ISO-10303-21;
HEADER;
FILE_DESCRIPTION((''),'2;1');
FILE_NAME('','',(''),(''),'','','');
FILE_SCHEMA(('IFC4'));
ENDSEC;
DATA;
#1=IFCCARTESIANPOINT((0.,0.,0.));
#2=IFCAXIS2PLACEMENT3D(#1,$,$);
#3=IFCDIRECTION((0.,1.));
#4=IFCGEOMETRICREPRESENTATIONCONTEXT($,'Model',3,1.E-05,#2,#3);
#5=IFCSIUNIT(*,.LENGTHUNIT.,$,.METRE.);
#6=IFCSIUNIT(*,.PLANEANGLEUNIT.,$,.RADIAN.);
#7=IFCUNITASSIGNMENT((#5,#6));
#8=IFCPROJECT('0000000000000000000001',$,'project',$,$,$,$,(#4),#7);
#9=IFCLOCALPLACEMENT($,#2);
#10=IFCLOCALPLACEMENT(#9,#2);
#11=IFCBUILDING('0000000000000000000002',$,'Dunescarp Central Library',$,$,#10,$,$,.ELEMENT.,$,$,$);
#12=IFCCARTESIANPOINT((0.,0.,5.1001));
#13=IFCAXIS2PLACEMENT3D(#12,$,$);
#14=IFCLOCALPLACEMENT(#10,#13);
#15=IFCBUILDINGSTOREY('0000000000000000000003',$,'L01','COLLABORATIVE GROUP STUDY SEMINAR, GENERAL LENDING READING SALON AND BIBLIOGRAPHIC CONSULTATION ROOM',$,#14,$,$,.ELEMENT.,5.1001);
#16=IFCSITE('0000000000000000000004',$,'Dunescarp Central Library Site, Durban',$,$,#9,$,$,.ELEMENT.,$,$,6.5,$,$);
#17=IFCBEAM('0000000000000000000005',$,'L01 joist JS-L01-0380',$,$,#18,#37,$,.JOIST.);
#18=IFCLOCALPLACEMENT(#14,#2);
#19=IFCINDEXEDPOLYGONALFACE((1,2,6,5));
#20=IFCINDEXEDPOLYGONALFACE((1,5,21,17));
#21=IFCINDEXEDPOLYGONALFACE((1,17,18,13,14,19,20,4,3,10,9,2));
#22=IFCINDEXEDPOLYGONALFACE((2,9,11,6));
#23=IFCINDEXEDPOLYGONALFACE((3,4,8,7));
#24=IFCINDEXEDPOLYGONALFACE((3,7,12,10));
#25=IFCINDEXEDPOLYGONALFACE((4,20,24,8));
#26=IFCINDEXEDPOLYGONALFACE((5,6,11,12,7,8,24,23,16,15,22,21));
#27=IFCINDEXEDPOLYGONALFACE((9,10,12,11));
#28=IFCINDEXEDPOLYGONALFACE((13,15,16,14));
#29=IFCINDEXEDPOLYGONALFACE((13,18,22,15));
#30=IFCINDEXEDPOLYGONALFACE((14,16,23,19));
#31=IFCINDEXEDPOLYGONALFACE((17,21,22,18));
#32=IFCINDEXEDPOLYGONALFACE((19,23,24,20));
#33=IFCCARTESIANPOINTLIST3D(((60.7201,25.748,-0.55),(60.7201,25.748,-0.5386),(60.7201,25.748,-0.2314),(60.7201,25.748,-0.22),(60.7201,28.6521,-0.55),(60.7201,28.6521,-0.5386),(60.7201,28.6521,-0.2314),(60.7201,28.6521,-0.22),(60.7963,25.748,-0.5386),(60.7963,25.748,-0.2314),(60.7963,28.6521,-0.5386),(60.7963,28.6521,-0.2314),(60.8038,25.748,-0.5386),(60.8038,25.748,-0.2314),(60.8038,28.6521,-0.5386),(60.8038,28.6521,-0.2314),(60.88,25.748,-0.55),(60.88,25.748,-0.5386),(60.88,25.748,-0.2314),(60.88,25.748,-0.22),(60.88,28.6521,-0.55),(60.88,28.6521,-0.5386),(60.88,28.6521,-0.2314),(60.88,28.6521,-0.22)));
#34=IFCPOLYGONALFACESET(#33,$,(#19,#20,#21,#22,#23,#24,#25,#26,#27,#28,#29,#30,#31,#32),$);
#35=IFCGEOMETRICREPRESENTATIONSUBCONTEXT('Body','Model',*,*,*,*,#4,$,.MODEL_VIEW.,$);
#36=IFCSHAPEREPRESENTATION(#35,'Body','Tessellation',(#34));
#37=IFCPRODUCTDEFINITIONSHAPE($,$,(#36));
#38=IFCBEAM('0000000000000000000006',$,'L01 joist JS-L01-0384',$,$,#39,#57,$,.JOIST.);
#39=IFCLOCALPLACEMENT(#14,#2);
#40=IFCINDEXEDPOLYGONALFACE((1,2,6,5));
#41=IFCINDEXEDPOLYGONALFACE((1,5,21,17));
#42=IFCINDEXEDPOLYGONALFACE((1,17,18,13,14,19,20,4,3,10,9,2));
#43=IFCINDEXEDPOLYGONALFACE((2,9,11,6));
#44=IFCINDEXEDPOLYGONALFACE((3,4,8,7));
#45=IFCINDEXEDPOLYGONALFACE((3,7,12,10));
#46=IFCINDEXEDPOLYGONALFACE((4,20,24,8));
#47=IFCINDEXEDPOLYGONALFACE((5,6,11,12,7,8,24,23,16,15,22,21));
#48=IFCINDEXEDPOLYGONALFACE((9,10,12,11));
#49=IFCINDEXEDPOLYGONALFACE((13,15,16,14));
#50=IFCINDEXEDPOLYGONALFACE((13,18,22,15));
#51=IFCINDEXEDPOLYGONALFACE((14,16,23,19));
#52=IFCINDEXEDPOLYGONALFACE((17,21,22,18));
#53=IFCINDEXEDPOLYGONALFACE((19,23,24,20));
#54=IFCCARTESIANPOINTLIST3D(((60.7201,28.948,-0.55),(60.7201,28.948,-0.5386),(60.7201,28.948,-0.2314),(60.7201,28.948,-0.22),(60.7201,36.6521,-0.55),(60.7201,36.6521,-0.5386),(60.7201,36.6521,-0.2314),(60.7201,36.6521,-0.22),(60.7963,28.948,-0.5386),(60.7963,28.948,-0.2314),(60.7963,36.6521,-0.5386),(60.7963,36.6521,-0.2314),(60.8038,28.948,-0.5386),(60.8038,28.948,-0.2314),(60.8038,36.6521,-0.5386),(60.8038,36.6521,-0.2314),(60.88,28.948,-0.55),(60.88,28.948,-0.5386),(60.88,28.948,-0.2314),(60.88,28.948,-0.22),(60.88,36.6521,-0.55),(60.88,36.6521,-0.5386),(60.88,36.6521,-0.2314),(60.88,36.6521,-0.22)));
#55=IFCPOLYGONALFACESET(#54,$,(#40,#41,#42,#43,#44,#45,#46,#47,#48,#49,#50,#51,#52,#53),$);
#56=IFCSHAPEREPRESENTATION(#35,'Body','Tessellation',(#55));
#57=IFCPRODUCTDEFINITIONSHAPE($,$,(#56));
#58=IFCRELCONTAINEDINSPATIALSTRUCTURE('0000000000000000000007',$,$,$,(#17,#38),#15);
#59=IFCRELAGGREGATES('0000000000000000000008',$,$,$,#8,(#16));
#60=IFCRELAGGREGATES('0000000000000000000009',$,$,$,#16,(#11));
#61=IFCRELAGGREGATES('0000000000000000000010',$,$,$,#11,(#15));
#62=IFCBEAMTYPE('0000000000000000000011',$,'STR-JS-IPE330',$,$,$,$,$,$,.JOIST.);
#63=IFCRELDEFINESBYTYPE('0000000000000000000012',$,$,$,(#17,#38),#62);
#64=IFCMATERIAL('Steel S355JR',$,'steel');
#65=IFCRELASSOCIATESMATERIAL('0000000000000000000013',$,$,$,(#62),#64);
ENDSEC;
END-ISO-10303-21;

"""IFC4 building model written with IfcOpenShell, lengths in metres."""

from ifc_helpers import new_model, si_unit, direction, frame, origin, origin_2d, place, context, subcontext, project, spatial, i_section, extrude, material, material_profile, profile_set, type_object, element, save


model = new_model("IFC4")

# Units and contexts
model_context = context("Model", 3, precision=1e-05, world=origin(), true_north=direction((0.0, 1.0)))
body_context = subcontext(model_context, "Body", "Model", "MODEL_VIEW")
ifc_project = project(units=[si_unit("LENGTHUNIT", "METRE"), si_unit("PLANEANGLEUNIT", "RADIAN")], contexts=[model_context])

# Site, building, storey
site_placement = place(None, origin())
site = spatial("IfcSite", under=ifc_project, at=site_placement, Name="Dunescarp Central Library Site, Durban", CompositionType="ELEMENT", RefElevation=6.5)
building_placement = place(site_placement, origin())
building = spatial("IfcBuilding", under=site, at=building_placement, Name="Dunescarp Central Library", CompositionType="ELEMENT")
storey_placement = place(building_placement, frame((0.0, 0.0, 5.1001)))
storey = spatial("IfcBuildingStorey", under=building, at=storey_placement, Name="L01", Description="COLLABORATIVE GROUP STUDY SEMINAR, GENERAL LENDING READING SALON AND BIBLIOGRAPHIC CONSULTATION ROOM", CompositionType="ELEMENT", Elevation=5.1001)

# Shared definitions
ifc_material = material(Name="Steel S355JR", Category="steel")

# Beams
ifc_material_profile_1 = material_profile(ifc_material, i_section(OverallWidth=0.1599, OverallDepth=0.3301, WebThickness=0.0076, FlangeThickness=0.0115, at=origin_2d()), Name="IPE 330")
ifc_profile_set_1 = profile_set([ifc_material_profile_1], Name="Steel S355JR")
beam_type_1 = type_object("IfcBeamType", Name="STR-JS-IPE330", PredefinedType="JOIST", material=ifc_profile_set_1)
beam_1_placement = place(storey_placement, frame((60.8, 25.748, -0.385), z_axis=(0.0, 1.0, 0.0), x_axis=(-1.0, 0.0, 0.0)))
element("IfcBeam", 1, at=beam_1_placement, inside=storey, type_object=beam_type_1, Name="L01 joist JS-L01-0380", PredefinedType="JOIST", context=body_context, shape_type="SweptSolid", body=[
    extrude(i_section(OverallWidth=0.1599, OverallDepth=0.3301, WebThickness=0.0076, FlangeThickness=0.0115, at=origin_2d()), origin(), (0.0, 0.0, 1.0), 2.9041),
])
beam_2_placement = place(storey_placement, frame((60.8, 28.948, -0.385), z_axis=(0.0, 1.0, 0.0), x_axis=(-1.0, 0.0, 0.0)))
element("IfcBeam", 2, at=beam_2_placement, inside=storey, type_object=beam_type_1, Name="L01 joist JS-L01-0384", PredefinedType="JOIST", context=body_context, shape_type="SweptSolid", body=[
    extrude(i_section(OverallWidth=0.1599, OverallDepth=0.3301, WebThickness=0.0076, FlangeThickness=0.0115, at=origin_2d()), origin(), (0.0, 0.0, 1.0), 7.7041),
])

save(model, "model.ifc")
